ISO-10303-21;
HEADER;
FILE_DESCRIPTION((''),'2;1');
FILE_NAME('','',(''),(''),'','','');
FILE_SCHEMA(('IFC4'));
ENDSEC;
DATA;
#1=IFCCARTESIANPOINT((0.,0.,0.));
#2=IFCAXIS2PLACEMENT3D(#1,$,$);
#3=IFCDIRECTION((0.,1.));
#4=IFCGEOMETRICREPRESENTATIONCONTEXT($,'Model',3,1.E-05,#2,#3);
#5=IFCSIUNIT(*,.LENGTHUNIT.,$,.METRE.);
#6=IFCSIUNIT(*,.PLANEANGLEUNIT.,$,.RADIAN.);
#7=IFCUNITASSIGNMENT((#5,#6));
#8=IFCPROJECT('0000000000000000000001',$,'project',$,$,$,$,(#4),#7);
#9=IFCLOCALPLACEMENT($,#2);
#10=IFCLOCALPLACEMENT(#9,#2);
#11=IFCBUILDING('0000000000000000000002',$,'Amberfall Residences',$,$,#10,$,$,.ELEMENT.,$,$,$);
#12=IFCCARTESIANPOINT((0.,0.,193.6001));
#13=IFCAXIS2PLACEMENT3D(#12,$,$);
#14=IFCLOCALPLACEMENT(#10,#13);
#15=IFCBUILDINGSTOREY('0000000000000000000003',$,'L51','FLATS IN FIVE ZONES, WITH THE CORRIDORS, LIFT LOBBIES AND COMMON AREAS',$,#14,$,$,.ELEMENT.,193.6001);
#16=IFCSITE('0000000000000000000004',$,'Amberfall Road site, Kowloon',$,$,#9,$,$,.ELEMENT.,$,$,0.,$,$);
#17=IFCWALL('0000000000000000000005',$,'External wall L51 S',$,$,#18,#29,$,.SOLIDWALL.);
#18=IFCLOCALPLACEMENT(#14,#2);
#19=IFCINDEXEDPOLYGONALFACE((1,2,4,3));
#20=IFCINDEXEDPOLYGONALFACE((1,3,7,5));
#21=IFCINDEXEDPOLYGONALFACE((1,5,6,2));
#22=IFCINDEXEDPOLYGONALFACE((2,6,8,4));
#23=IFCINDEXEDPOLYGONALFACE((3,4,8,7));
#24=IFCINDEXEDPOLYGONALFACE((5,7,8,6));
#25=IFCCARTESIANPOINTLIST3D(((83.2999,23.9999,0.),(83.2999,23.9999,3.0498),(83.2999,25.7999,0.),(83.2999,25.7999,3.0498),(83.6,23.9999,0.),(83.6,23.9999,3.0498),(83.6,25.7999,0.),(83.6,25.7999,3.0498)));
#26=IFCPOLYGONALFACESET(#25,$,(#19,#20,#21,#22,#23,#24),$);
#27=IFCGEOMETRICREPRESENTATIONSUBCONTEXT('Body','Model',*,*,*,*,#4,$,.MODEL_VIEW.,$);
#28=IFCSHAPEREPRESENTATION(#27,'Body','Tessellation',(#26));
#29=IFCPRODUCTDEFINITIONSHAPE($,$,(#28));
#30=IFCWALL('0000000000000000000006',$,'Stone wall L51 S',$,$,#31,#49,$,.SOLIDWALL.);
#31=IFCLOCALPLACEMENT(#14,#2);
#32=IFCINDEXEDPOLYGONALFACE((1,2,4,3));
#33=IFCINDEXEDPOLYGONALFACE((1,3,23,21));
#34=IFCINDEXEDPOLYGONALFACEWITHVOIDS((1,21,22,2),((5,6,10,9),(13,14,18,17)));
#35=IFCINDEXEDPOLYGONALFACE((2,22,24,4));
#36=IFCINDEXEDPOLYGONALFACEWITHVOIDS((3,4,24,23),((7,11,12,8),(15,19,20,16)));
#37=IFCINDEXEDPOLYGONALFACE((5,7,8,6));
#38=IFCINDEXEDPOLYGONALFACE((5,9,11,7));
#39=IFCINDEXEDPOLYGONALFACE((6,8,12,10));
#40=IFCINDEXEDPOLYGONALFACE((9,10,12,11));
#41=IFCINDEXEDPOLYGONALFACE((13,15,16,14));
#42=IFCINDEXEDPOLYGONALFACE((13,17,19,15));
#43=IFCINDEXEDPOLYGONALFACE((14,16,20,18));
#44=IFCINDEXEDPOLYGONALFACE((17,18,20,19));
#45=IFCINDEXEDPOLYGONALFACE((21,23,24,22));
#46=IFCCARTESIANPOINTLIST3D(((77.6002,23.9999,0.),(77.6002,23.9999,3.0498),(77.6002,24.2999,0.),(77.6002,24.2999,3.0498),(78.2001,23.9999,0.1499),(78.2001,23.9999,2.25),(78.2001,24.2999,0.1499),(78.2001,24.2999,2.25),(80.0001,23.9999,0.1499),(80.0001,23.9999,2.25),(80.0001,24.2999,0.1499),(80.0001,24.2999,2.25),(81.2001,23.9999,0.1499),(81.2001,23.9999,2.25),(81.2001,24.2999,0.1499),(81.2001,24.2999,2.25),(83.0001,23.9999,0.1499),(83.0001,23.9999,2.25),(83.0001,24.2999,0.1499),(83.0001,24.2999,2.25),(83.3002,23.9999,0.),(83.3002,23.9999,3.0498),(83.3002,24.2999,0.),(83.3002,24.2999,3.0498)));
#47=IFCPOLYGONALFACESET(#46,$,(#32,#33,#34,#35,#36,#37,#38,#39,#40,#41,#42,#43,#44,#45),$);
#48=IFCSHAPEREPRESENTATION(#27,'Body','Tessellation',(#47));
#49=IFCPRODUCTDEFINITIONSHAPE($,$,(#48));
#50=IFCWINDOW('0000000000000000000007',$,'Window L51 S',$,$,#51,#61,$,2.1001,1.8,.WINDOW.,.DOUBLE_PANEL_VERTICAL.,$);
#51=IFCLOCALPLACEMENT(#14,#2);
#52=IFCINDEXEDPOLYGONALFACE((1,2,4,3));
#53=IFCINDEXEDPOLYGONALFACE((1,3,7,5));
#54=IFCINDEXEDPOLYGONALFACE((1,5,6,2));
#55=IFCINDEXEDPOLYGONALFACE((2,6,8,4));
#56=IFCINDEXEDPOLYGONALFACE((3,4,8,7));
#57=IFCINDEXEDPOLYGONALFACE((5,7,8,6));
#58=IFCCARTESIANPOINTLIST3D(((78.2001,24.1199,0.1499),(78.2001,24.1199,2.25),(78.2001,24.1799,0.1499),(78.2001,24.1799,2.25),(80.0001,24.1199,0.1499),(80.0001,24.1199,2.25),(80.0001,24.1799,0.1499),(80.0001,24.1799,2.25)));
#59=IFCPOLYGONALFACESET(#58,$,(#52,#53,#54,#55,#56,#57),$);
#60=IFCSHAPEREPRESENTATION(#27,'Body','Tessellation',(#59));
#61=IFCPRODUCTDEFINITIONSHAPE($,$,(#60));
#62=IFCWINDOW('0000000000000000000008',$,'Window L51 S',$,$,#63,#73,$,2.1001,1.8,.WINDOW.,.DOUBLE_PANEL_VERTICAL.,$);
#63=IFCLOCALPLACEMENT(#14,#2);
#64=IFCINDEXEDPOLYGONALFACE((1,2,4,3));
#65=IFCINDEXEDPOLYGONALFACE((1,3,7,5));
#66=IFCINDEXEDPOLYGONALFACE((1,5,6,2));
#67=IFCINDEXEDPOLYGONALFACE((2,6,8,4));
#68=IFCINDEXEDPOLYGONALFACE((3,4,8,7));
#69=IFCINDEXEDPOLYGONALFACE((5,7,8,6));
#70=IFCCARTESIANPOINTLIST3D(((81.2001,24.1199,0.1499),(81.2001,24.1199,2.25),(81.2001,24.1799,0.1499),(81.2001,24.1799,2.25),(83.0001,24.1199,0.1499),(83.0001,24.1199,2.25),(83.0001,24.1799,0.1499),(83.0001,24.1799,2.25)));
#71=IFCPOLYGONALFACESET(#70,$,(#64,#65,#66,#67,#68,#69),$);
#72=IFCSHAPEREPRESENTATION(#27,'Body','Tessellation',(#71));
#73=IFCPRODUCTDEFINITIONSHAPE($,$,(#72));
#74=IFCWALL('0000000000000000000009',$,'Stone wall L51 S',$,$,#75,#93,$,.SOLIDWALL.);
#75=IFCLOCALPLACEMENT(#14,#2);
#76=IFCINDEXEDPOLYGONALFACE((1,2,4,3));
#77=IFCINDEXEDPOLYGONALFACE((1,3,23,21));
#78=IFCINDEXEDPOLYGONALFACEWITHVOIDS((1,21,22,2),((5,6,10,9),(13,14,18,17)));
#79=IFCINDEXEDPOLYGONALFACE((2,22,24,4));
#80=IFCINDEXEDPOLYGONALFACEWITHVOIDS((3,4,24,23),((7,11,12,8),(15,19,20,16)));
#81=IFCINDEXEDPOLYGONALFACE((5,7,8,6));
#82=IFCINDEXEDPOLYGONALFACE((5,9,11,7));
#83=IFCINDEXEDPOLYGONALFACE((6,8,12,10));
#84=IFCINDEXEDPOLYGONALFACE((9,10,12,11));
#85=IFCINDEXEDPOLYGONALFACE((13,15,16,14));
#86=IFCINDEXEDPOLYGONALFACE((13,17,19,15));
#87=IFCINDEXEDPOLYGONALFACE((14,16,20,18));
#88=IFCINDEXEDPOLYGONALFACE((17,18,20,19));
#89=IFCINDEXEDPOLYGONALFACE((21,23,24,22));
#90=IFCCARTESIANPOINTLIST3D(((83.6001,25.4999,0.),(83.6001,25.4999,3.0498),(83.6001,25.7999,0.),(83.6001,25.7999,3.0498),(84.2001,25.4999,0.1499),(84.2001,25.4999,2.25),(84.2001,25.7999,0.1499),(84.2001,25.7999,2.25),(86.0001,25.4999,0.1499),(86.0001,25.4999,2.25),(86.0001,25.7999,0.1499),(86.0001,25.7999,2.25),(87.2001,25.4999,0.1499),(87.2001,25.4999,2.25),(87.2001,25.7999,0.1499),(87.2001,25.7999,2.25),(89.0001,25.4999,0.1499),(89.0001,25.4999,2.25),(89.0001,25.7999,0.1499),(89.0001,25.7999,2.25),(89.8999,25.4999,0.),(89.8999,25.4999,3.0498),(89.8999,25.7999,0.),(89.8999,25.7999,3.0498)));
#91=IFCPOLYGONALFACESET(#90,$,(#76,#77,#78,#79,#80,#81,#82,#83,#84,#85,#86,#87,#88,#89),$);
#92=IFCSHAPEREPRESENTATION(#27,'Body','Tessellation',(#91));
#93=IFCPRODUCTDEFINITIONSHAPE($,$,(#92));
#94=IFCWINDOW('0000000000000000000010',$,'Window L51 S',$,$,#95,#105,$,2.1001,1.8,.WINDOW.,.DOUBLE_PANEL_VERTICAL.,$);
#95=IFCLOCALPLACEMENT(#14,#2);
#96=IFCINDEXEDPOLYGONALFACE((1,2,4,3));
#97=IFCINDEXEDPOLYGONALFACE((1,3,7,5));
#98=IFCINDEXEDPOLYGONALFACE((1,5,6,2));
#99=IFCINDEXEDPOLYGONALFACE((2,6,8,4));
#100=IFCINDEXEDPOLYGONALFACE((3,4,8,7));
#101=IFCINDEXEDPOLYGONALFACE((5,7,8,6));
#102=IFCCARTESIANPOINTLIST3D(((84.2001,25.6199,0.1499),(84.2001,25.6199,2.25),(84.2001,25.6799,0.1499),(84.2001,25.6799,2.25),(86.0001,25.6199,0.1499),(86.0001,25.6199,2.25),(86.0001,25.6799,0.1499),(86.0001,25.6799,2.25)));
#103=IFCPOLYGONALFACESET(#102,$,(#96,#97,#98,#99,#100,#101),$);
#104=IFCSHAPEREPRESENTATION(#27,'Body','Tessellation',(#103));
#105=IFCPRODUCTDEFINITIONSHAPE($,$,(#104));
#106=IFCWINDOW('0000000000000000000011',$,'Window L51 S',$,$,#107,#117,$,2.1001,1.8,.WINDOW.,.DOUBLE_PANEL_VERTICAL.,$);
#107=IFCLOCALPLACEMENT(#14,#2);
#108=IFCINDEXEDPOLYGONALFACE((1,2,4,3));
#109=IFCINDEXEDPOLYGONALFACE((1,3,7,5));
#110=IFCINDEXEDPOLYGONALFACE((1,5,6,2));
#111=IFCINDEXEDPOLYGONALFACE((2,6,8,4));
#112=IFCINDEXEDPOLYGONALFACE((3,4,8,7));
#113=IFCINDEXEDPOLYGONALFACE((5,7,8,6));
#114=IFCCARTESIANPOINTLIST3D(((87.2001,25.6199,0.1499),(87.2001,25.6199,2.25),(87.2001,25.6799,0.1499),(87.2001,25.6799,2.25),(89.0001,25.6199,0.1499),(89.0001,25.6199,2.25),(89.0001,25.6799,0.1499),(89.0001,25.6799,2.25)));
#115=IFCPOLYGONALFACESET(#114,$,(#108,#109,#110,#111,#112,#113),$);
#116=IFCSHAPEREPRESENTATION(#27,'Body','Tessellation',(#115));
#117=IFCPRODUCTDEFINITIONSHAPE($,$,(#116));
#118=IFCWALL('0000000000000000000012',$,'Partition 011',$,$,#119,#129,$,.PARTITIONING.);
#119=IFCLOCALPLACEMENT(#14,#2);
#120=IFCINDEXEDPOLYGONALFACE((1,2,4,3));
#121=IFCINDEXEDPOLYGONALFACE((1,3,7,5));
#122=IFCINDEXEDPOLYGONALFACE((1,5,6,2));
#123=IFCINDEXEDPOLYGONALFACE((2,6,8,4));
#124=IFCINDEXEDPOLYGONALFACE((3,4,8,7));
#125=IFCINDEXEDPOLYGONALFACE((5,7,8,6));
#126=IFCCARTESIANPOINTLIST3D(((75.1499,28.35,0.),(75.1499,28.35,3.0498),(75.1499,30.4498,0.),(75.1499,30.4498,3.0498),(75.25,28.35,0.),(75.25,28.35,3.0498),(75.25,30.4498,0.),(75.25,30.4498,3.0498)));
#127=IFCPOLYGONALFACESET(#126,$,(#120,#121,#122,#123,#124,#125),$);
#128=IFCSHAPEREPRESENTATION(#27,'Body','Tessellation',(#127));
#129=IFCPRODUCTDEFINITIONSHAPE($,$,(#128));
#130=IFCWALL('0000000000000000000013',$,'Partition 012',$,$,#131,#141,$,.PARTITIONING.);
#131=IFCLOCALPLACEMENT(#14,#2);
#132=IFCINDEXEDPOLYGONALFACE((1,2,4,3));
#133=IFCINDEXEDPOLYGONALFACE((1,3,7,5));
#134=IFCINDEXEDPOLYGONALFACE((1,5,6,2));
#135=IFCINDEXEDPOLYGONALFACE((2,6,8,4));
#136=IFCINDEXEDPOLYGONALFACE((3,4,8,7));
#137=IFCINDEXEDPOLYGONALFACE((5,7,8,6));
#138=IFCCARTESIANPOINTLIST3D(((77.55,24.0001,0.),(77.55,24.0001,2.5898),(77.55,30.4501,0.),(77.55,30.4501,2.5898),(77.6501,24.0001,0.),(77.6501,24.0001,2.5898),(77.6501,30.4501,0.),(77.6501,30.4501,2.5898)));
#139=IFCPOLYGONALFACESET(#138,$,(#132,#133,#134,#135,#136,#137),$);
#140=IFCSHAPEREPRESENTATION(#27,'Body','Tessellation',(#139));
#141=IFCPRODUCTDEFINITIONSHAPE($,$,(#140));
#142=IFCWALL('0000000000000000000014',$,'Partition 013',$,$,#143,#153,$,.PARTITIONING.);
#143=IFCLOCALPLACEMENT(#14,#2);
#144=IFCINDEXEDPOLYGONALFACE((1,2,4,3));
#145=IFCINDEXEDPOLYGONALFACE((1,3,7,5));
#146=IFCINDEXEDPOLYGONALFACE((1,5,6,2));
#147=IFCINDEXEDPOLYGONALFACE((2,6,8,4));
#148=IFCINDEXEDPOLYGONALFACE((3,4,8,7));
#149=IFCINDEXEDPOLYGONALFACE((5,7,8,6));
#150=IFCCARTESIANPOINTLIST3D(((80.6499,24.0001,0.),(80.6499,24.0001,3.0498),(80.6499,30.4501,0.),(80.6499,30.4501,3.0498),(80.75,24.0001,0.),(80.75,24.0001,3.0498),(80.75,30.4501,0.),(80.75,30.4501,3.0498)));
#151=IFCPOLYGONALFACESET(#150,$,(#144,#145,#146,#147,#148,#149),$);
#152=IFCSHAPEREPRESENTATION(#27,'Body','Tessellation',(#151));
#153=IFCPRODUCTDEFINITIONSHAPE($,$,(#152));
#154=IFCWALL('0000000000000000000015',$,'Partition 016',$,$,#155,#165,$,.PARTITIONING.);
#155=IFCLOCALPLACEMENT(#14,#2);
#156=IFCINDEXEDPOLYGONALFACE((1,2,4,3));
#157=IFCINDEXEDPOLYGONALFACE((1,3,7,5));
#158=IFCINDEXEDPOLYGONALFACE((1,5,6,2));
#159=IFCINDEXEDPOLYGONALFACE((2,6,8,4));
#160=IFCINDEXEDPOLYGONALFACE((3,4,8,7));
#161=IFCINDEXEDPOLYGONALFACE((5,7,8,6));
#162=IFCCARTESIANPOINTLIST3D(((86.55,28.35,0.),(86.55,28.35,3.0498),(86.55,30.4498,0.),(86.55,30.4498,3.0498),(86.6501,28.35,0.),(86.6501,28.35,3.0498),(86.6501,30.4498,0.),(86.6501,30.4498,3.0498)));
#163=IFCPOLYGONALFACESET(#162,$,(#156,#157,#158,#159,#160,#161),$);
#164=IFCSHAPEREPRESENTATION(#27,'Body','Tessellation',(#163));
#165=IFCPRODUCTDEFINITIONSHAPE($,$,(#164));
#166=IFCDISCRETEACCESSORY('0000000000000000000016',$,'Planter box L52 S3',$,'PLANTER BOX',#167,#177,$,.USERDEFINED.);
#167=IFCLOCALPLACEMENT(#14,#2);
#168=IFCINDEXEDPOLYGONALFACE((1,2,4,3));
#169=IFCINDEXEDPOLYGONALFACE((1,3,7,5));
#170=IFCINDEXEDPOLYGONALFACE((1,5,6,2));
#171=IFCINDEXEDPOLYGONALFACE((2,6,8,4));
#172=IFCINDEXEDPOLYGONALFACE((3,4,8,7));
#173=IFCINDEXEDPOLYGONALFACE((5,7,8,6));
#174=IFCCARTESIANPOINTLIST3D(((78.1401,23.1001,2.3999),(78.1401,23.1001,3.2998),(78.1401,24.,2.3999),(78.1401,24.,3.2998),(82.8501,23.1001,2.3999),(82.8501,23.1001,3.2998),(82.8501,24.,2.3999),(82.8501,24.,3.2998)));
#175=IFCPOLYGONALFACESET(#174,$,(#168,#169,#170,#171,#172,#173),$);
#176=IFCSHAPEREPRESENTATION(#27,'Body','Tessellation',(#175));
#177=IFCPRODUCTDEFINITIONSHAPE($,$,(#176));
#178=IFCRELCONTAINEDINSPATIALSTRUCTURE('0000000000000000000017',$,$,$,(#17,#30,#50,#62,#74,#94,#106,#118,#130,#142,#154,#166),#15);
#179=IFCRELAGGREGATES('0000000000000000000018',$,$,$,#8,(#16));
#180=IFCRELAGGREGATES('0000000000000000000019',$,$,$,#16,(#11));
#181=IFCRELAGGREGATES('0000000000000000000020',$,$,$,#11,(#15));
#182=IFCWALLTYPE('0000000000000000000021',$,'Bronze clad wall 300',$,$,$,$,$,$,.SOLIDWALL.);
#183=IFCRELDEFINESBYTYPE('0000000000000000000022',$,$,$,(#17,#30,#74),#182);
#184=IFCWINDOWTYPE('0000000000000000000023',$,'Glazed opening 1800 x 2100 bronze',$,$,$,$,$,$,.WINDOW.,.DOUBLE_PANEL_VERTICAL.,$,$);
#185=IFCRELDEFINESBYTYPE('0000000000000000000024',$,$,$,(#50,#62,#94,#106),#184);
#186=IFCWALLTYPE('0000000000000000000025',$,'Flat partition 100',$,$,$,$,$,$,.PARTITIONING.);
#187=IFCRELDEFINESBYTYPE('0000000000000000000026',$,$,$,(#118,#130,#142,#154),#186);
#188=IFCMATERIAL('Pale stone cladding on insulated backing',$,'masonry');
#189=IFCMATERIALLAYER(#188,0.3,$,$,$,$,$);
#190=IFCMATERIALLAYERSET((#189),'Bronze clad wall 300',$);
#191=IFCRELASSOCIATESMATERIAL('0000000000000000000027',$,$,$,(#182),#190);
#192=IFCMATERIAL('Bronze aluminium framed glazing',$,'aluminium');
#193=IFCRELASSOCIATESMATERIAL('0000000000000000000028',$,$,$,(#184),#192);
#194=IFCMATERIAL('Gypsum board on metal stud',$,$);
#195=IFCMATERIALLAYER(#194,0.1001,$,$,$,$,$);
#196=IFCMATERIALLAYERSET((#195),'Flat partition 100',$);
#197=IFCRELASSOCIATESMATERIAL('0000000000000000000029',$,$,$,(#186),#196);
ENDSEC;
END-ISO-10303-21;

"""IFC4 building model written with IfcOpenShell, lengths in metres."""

from ifc_helpers import new_model, si_unit, direction, frame, frame_2d, origin, origin_2d, place, context, subcontext, project, spatial, rectangle, extrude, material, layer, layer_set, type_object, element, fill, save


model = new_model("IFC4")

# Units and contexts
model_context = context("Model", 3, precision=1e-05, world=origin(), true_north=direction((0.0, 1.0)))
body_context = subcontext(model_context, "Body", "Model", "MODEL_VIEW")
ifc_project = project(units=[si_unit("LENGTHUNIT", "METRE"), si_unit("PLANEANGLEUNIT", "RADIAN")], contexts=[model_context])

# Site, building, storey
site_placement = place(None, origin())
site = spatial("IfcSite", under=ifc_project, at=site_placement, Name="Amberfall Road site, Kowloon", CompositionType="ELEMENT", RefElevation=0.0)
building_placement = place(site_placement, origin())
building = spatial("IfcBuilding", under=site, at=building_placement, Name="Amberfall Residences", CompositionType="ELEMENT")
storey_placement = place(building_placement, frame((0.0, 0.0, 193.6001)))
storey = spatial("IfcBuildingStorey", under=building, at=storey_placement, Name="L51", Description="FLATS IN FIVE ZONES, WITH THE CORRIDORS, LIFT LOBBIES AND COMMON AREAS", CompositionType="ELEMENT", Elevation=193.6001)

# Wall
ifc_material_1 = material(Name="Pale stone cladding on insulated backing", Category="masonry")
ifc_layer_1 = layer(ifc_material_1, 0.3)
ifc_layer_set_1 = layer_set([ifc_layer_1], Name="Bronze clad wall 300")
wall_type_1 = type_object("IfcWallType", Name="Bronze clad wall 300", PredefinedType="SOLIDWALL", material=ifc_layer_set_1)
for number, where, z_axis, x_axis, name in (
    (1, (83.45, 24.0, 0.0), (0.0, 0.0, 1.0), (0.0, 1.0, 0.0), "External wall L51 S"),
):
    element("IfcWall", number, at=place(storey_placement, frame(where, z_axis=z_axis, x_axis=x_axis)), inside=storey, type_object=wall_type_1, Name=name, PredefinedType="SOLIDWALL", context=body_context, shape_type="SweptSolid", body=[
        extrude(rectangle(XDim=1.8, YDim=0.3, at=frame_2d((0.8999, 0.0))), origin(), (0.0, 0.0, 1.0), 3.0498),
    ])

# Walls, openings, windows
wall_1_placement = place(storey_placement, frame((77.6001, 24.1499, 0.0), z_axis=(0.0, 0.0, 1.0), x_axis=(1.0, 0.0, 0.0)))
wall_1 = element("IfcWall", 2, at=wall_1_placement, inside=storey, type_object=wall_type_1, Name="Stone wall L51 S", PredefinedType="SOLIDWALL", context=body_context, shape_type="SweptSolid", body=[
    extrude(rectangle(XDim=5.7, YDim=0.3, at=frame_2d((2.8501, 0.0))), origin(), (0.0, 0.0, 1.0), 3.0498),
])
opening_1_placement = place(wall_1_placement, frame((0.6001, 0.0, 0.1499)))
opening_1 = element("IfcOpeningElement", 3, at=opening_1_placement, cuts=wall_1, PredefinedType="OPENING", context=body_context, shape_type="SweptSolid", body=[
    extrude(rectangle(XDim=1.8, YDim=2.1001, at=frame_2d((0.8999, 1.05))), frame((0.0, 0.1599, 0.0), z_axis=(0.0, -1.0, 0.0), x_axis=(1.0, 0.0, 0.0)), (0.0, 0.0, 1.0), 0.3201),
])
opening_2_placement = place(wall_1_placement, frame((3.6001, 0.0, 0.1499)))
opening_2 = element("IfcOpeningElement", 4, at=opening_2_placement, cuts=wall_1, PredefinedType="OPENING", context=body_context, shape_type="SweptSolid", body=[
    extrude(rectangle(XDim=1.8, YDim=2.1001, at=frame_2d((0.8999, 1.05))), frame((0.0, 0.1599, 0.0), z_axis=(0.0, -1.0, 0.0), x_axis=(1.0, 0.0, 0.0)), (0.0, 0.0, 1.0), 0.3201),
])
ifc_material_2 = material(Name="Bronze aluminium framed glazing", Category="aluminium")
window_type = type_object("IfcWindowType", Name="Glazed opening 1800 x 2100 bronze", PartitioningType="DOUBLE_PANEL_VERTICAL", PredefinedType="WINDOW", material=ifc_material_2)
window_1_placement = place(opening_1_placement, origin())
window_1 = element("IfcWindow", 5, at=window_1_placement, inside=storey, type_object=window_type, Name="Window L51 S", OverallHeight=2.1001, OverallWidth=1.8, PartitioningType="DOUBLE_PANEL_VERTICAL", PredefinedType="WINDOW", context=body_context, shape_type="SweptSolid", body=[
    extrude(rectangle(XDim=1.8, YDim=2.1001, at=frame_2d((0.8999, 1.05))), frame((0.0, 0.03, 0.0), z_axis=(0.0, -1.0, 0.0), x_axis=(1.0, 0.0, 0.0)), (0.0, 0.0, 1.0), 0.0601),
])
fill(opening_1, window_1)
window_2_placement = place(opening_2_placement, origin())
window_2 = element("IfcWindow", 6, at=window_2_placement, inside=storey, type_object=window_type, Name="Window L51 S", OverallHeight=2.1001, OverallWidth=1.8, PartitioningType="DOUBLE_PANEL_VERTICAL", PredefinedType="WINDOW", context=body_context, shape_type="SweptSolid", body=[
    extrude(rectangle(XDim=1.8, YDim=2.1001, at=frame_2d((0.8999, 1.05))), frame((0.0, 0.03, 0.0), z_axis=(0.0, -1.0, 0.0), x_axis=(1.0, 0.0, 0.0)), (0.0, 0.0, 1.0), 0.0601),
])
fill(opening_2, window_2)
wall_2_placement = place(storey_placement, frame((83.6001, 25.6499, 0.0), z_axis=(0.0, 0.0, 1.0), x_axis=(1.0, 0.0, 0.0)))
wall_2 = element("IfcWall", 7, at=wall_2_placement, inside=storey, type_object=wall_type_1, Name="Stone wall L51 S", PredefinedType="SOLIDWALL", context=body_context, shape_type="SweptSolid", body=[
    extrude(rectangle(XDim=6.2998, YDim=0.3, at=frame_2d((3.1499, 0.0))), origin(), (0.0, 0.0, 1.0), 3.0498),
])
opening_3_placement = place(wall_2_placement, frame((0.6001, 0.0, 0.1499)))
opening_3 = element("IfcOpeningElement", 8, at=opening_3_placement, cuts=wall_2, PredefinedType="OPENING", context=body_context, shape_type="SweptSolid", body=[
    extrude(rectangle(XDim=1.8, YDim=2.1001, at=frame_2d((0.8999, 1.05))), frame((0.0, 0.1599, 0.0), z_axis=(0.0, -1.0, 0.0), x_axis=(1.0, 0.0, 0.0)), (0.0, 0.0, 1.0), 0.3201),
])
opening_4_placement = place(wall_2_placement, frame((3.6001, 0.0, 0.1499)))
opening_4 = element("IfcOpeningElement", 9, at=opening_4_placement, cuts=wall_2, PredefinedType="OPENING", context=body_context, shape_type="SweptSolid", body=[
    extrude(rectangle(XDim=1.8, YDim=2.1001, at=frame_2d((0.8999, 1.05))), frame((0.0, 0.1599, 0.0), z_axis=(0.0, -1.0, 0.0), x_axis=(1.0, 0.0, 0.0)), (0.0, 0.0, 1.0), 0.3201),
])
window_3_placement = place(opening_3_placement, origin())
window_3 = element("IfcWindow", 10, at=window_3_placement, inside=storey, type_object=window_type, Name="Window L51 S", OverallHeight=2.1001, OverallWidth=1.8, PartitioningType="DOUBLE_PANEL_VERTICAL", PredefinedType="WINDOW", context=body_context, shape_type="SweptSolid", body=[
    extrude(rectangle(XDim=1.8, YDim=2.1001, at=frame_2d((0.8999, 1.05))), frame((0.0, 0.03, 0.0), z_axis=(0.0, -1.0, 0.0), x_axis=(1.0, 0.0, 0.0)), (0.0, 0.0, 1.0), 0.0601),
])
fill(opening_3, window_3)
window_4_placement = place(opening_4_placement, origin())
window_4 = element("IfcWindow", 11, at=window_4_placement, inside=storey, type_object=window_type, Name="Window L51 S", OverallHeight=2.1001, OverallWidth=1.8, PartitioningType="DOUBLE_PANEL_VERTICAL", PredefinedType="WINDOW", context=body_context, shape_type="SweptSolid", body=[
    extrude(rectangle(XDim=1.8, YDim=2.1001, at=frame_2d((0.8999, 1.05))), frame((0.0, 0.03, 0.0), z_axis=(0.0, -1.0, 0.0), x_axis=(1.0, 0.0, 0.0)), (0.0, 0.0, 1.0), 0.0601),
])
fill(opening_4, window_4)

# Walls
ifc_material_3 = material(Name="Gypsum board on metal stud")
ifc_layer_2 = layer(ifc_material_3, 0.1001)
ifc_layer_set_2 = layer_set([ifc_layer_2], Name="Flat partition 100")
wall_type_2 = type_object("IfcWallType", Name="Flat partition 100", PredefinedType="PARTITIONING", material=ifc_layer_set_2)
wall_3_placement = place(storey_placement, frame((75.2, 28.3501, 0.0), z_axis=(0.0, 0.0, 1.0), x_axis=(0.0, 1.0, 0.0)))
element("IfcWall", 12, at=wall_3_placement, inside=storey, type_object=wall_type_2, Name="Partition 011", PredefinedType="PARTITIONING", context=body_context, shape_type="SweptSolid", body=[
    extrude(rectangle(XDim=2.0999, YDim=0.1001, at=frame_2d((1.0498, 0.0))), origin(), (0.0, 0.0, 1.0), 3.0498),
])
wall_4_placement = place(storey_placement, frame((77.6001, 24.0, 0.0), z_axis=(0.0, 0.0, 1.0), x_axis=(0.0, 1.0, 0.0)))
element("IfcWall", 13, at=wall_4_placement, inside=storey, type_object=wall_type_2, Name="Partition 012", PredefinedType="PARTITIONING", context=body_context, shape_type="SweptSolid", body=[
    extrude(rectangle(XDim=6.45, YDim=0.1001, at=frame_2d((3.2251, 0.0))), origin(), (0.0, 0.0, 1.0), 2.5898),
])
wall_5_placement = place(storey_placement, frame((80.7, 24.0, 0.0), z_axis=(0.0, 0.0, 1.0), x_axis=(0.0, 1.0, 0.0)))
element("IfcWall", 14, at=wall_5_placement, inside=storey, type_object=wall_type_2, Name="Partition 013", PredefinedType="PARTITIONING", context=body_context, shape_type="SweptSolid", body=[
    extrude(rectangle(XDim=6.45, YDim=0.1001, at=frame_2d((3.2251, 0.0))), origin(), (0.0, 0.0, 1.0), 3.0498),
])
wall_6_placement = place(storey_placement, frame((86.6001, 28.3501, 0.0), z_axis=(0.0, 0.0, 1.0), x_axis=(0.0, 1.0, 0.0)))
element("IfcWall", 15, at=wall_6_placement, inside=storey, type_object=wall_type_2, Name="Partition 016", PredefinedType="PARTITIONING", context=body_context, shape_type="SweptSolid", body=[
    extrude(rectangle(XDim=2.0999, YDim=0.1001, at=frame_2d((1.0498, 0.0))), origin(), (0.0, 0.0, 1.0), 3.0498),
])

# Discrete accessory
discrete_accessory_1_placement = place(storey_placement, frame((80.4951, 23.55, 2.3999), z_axis=(0.0, 0.0, 1.0), x_axis=(1.0, 0.0, 0.0)))
element("IfcDiscreteAccessory", 16, at=discrete_accessory_1_placement, inside=storey, Name="Planter box L52 S3", ObjectType="PLANTER BOX", PredefinedType="USERDEFINED", context=body_context, shape_type="SweptSolid", body=[
    extrude(rectangle(XDim=4.71, YDim=0.8999, at=origin_2d()), origin(), (0.0, 0.0, 1.0), 0.8999),
])

save(model, "model.ifc")
